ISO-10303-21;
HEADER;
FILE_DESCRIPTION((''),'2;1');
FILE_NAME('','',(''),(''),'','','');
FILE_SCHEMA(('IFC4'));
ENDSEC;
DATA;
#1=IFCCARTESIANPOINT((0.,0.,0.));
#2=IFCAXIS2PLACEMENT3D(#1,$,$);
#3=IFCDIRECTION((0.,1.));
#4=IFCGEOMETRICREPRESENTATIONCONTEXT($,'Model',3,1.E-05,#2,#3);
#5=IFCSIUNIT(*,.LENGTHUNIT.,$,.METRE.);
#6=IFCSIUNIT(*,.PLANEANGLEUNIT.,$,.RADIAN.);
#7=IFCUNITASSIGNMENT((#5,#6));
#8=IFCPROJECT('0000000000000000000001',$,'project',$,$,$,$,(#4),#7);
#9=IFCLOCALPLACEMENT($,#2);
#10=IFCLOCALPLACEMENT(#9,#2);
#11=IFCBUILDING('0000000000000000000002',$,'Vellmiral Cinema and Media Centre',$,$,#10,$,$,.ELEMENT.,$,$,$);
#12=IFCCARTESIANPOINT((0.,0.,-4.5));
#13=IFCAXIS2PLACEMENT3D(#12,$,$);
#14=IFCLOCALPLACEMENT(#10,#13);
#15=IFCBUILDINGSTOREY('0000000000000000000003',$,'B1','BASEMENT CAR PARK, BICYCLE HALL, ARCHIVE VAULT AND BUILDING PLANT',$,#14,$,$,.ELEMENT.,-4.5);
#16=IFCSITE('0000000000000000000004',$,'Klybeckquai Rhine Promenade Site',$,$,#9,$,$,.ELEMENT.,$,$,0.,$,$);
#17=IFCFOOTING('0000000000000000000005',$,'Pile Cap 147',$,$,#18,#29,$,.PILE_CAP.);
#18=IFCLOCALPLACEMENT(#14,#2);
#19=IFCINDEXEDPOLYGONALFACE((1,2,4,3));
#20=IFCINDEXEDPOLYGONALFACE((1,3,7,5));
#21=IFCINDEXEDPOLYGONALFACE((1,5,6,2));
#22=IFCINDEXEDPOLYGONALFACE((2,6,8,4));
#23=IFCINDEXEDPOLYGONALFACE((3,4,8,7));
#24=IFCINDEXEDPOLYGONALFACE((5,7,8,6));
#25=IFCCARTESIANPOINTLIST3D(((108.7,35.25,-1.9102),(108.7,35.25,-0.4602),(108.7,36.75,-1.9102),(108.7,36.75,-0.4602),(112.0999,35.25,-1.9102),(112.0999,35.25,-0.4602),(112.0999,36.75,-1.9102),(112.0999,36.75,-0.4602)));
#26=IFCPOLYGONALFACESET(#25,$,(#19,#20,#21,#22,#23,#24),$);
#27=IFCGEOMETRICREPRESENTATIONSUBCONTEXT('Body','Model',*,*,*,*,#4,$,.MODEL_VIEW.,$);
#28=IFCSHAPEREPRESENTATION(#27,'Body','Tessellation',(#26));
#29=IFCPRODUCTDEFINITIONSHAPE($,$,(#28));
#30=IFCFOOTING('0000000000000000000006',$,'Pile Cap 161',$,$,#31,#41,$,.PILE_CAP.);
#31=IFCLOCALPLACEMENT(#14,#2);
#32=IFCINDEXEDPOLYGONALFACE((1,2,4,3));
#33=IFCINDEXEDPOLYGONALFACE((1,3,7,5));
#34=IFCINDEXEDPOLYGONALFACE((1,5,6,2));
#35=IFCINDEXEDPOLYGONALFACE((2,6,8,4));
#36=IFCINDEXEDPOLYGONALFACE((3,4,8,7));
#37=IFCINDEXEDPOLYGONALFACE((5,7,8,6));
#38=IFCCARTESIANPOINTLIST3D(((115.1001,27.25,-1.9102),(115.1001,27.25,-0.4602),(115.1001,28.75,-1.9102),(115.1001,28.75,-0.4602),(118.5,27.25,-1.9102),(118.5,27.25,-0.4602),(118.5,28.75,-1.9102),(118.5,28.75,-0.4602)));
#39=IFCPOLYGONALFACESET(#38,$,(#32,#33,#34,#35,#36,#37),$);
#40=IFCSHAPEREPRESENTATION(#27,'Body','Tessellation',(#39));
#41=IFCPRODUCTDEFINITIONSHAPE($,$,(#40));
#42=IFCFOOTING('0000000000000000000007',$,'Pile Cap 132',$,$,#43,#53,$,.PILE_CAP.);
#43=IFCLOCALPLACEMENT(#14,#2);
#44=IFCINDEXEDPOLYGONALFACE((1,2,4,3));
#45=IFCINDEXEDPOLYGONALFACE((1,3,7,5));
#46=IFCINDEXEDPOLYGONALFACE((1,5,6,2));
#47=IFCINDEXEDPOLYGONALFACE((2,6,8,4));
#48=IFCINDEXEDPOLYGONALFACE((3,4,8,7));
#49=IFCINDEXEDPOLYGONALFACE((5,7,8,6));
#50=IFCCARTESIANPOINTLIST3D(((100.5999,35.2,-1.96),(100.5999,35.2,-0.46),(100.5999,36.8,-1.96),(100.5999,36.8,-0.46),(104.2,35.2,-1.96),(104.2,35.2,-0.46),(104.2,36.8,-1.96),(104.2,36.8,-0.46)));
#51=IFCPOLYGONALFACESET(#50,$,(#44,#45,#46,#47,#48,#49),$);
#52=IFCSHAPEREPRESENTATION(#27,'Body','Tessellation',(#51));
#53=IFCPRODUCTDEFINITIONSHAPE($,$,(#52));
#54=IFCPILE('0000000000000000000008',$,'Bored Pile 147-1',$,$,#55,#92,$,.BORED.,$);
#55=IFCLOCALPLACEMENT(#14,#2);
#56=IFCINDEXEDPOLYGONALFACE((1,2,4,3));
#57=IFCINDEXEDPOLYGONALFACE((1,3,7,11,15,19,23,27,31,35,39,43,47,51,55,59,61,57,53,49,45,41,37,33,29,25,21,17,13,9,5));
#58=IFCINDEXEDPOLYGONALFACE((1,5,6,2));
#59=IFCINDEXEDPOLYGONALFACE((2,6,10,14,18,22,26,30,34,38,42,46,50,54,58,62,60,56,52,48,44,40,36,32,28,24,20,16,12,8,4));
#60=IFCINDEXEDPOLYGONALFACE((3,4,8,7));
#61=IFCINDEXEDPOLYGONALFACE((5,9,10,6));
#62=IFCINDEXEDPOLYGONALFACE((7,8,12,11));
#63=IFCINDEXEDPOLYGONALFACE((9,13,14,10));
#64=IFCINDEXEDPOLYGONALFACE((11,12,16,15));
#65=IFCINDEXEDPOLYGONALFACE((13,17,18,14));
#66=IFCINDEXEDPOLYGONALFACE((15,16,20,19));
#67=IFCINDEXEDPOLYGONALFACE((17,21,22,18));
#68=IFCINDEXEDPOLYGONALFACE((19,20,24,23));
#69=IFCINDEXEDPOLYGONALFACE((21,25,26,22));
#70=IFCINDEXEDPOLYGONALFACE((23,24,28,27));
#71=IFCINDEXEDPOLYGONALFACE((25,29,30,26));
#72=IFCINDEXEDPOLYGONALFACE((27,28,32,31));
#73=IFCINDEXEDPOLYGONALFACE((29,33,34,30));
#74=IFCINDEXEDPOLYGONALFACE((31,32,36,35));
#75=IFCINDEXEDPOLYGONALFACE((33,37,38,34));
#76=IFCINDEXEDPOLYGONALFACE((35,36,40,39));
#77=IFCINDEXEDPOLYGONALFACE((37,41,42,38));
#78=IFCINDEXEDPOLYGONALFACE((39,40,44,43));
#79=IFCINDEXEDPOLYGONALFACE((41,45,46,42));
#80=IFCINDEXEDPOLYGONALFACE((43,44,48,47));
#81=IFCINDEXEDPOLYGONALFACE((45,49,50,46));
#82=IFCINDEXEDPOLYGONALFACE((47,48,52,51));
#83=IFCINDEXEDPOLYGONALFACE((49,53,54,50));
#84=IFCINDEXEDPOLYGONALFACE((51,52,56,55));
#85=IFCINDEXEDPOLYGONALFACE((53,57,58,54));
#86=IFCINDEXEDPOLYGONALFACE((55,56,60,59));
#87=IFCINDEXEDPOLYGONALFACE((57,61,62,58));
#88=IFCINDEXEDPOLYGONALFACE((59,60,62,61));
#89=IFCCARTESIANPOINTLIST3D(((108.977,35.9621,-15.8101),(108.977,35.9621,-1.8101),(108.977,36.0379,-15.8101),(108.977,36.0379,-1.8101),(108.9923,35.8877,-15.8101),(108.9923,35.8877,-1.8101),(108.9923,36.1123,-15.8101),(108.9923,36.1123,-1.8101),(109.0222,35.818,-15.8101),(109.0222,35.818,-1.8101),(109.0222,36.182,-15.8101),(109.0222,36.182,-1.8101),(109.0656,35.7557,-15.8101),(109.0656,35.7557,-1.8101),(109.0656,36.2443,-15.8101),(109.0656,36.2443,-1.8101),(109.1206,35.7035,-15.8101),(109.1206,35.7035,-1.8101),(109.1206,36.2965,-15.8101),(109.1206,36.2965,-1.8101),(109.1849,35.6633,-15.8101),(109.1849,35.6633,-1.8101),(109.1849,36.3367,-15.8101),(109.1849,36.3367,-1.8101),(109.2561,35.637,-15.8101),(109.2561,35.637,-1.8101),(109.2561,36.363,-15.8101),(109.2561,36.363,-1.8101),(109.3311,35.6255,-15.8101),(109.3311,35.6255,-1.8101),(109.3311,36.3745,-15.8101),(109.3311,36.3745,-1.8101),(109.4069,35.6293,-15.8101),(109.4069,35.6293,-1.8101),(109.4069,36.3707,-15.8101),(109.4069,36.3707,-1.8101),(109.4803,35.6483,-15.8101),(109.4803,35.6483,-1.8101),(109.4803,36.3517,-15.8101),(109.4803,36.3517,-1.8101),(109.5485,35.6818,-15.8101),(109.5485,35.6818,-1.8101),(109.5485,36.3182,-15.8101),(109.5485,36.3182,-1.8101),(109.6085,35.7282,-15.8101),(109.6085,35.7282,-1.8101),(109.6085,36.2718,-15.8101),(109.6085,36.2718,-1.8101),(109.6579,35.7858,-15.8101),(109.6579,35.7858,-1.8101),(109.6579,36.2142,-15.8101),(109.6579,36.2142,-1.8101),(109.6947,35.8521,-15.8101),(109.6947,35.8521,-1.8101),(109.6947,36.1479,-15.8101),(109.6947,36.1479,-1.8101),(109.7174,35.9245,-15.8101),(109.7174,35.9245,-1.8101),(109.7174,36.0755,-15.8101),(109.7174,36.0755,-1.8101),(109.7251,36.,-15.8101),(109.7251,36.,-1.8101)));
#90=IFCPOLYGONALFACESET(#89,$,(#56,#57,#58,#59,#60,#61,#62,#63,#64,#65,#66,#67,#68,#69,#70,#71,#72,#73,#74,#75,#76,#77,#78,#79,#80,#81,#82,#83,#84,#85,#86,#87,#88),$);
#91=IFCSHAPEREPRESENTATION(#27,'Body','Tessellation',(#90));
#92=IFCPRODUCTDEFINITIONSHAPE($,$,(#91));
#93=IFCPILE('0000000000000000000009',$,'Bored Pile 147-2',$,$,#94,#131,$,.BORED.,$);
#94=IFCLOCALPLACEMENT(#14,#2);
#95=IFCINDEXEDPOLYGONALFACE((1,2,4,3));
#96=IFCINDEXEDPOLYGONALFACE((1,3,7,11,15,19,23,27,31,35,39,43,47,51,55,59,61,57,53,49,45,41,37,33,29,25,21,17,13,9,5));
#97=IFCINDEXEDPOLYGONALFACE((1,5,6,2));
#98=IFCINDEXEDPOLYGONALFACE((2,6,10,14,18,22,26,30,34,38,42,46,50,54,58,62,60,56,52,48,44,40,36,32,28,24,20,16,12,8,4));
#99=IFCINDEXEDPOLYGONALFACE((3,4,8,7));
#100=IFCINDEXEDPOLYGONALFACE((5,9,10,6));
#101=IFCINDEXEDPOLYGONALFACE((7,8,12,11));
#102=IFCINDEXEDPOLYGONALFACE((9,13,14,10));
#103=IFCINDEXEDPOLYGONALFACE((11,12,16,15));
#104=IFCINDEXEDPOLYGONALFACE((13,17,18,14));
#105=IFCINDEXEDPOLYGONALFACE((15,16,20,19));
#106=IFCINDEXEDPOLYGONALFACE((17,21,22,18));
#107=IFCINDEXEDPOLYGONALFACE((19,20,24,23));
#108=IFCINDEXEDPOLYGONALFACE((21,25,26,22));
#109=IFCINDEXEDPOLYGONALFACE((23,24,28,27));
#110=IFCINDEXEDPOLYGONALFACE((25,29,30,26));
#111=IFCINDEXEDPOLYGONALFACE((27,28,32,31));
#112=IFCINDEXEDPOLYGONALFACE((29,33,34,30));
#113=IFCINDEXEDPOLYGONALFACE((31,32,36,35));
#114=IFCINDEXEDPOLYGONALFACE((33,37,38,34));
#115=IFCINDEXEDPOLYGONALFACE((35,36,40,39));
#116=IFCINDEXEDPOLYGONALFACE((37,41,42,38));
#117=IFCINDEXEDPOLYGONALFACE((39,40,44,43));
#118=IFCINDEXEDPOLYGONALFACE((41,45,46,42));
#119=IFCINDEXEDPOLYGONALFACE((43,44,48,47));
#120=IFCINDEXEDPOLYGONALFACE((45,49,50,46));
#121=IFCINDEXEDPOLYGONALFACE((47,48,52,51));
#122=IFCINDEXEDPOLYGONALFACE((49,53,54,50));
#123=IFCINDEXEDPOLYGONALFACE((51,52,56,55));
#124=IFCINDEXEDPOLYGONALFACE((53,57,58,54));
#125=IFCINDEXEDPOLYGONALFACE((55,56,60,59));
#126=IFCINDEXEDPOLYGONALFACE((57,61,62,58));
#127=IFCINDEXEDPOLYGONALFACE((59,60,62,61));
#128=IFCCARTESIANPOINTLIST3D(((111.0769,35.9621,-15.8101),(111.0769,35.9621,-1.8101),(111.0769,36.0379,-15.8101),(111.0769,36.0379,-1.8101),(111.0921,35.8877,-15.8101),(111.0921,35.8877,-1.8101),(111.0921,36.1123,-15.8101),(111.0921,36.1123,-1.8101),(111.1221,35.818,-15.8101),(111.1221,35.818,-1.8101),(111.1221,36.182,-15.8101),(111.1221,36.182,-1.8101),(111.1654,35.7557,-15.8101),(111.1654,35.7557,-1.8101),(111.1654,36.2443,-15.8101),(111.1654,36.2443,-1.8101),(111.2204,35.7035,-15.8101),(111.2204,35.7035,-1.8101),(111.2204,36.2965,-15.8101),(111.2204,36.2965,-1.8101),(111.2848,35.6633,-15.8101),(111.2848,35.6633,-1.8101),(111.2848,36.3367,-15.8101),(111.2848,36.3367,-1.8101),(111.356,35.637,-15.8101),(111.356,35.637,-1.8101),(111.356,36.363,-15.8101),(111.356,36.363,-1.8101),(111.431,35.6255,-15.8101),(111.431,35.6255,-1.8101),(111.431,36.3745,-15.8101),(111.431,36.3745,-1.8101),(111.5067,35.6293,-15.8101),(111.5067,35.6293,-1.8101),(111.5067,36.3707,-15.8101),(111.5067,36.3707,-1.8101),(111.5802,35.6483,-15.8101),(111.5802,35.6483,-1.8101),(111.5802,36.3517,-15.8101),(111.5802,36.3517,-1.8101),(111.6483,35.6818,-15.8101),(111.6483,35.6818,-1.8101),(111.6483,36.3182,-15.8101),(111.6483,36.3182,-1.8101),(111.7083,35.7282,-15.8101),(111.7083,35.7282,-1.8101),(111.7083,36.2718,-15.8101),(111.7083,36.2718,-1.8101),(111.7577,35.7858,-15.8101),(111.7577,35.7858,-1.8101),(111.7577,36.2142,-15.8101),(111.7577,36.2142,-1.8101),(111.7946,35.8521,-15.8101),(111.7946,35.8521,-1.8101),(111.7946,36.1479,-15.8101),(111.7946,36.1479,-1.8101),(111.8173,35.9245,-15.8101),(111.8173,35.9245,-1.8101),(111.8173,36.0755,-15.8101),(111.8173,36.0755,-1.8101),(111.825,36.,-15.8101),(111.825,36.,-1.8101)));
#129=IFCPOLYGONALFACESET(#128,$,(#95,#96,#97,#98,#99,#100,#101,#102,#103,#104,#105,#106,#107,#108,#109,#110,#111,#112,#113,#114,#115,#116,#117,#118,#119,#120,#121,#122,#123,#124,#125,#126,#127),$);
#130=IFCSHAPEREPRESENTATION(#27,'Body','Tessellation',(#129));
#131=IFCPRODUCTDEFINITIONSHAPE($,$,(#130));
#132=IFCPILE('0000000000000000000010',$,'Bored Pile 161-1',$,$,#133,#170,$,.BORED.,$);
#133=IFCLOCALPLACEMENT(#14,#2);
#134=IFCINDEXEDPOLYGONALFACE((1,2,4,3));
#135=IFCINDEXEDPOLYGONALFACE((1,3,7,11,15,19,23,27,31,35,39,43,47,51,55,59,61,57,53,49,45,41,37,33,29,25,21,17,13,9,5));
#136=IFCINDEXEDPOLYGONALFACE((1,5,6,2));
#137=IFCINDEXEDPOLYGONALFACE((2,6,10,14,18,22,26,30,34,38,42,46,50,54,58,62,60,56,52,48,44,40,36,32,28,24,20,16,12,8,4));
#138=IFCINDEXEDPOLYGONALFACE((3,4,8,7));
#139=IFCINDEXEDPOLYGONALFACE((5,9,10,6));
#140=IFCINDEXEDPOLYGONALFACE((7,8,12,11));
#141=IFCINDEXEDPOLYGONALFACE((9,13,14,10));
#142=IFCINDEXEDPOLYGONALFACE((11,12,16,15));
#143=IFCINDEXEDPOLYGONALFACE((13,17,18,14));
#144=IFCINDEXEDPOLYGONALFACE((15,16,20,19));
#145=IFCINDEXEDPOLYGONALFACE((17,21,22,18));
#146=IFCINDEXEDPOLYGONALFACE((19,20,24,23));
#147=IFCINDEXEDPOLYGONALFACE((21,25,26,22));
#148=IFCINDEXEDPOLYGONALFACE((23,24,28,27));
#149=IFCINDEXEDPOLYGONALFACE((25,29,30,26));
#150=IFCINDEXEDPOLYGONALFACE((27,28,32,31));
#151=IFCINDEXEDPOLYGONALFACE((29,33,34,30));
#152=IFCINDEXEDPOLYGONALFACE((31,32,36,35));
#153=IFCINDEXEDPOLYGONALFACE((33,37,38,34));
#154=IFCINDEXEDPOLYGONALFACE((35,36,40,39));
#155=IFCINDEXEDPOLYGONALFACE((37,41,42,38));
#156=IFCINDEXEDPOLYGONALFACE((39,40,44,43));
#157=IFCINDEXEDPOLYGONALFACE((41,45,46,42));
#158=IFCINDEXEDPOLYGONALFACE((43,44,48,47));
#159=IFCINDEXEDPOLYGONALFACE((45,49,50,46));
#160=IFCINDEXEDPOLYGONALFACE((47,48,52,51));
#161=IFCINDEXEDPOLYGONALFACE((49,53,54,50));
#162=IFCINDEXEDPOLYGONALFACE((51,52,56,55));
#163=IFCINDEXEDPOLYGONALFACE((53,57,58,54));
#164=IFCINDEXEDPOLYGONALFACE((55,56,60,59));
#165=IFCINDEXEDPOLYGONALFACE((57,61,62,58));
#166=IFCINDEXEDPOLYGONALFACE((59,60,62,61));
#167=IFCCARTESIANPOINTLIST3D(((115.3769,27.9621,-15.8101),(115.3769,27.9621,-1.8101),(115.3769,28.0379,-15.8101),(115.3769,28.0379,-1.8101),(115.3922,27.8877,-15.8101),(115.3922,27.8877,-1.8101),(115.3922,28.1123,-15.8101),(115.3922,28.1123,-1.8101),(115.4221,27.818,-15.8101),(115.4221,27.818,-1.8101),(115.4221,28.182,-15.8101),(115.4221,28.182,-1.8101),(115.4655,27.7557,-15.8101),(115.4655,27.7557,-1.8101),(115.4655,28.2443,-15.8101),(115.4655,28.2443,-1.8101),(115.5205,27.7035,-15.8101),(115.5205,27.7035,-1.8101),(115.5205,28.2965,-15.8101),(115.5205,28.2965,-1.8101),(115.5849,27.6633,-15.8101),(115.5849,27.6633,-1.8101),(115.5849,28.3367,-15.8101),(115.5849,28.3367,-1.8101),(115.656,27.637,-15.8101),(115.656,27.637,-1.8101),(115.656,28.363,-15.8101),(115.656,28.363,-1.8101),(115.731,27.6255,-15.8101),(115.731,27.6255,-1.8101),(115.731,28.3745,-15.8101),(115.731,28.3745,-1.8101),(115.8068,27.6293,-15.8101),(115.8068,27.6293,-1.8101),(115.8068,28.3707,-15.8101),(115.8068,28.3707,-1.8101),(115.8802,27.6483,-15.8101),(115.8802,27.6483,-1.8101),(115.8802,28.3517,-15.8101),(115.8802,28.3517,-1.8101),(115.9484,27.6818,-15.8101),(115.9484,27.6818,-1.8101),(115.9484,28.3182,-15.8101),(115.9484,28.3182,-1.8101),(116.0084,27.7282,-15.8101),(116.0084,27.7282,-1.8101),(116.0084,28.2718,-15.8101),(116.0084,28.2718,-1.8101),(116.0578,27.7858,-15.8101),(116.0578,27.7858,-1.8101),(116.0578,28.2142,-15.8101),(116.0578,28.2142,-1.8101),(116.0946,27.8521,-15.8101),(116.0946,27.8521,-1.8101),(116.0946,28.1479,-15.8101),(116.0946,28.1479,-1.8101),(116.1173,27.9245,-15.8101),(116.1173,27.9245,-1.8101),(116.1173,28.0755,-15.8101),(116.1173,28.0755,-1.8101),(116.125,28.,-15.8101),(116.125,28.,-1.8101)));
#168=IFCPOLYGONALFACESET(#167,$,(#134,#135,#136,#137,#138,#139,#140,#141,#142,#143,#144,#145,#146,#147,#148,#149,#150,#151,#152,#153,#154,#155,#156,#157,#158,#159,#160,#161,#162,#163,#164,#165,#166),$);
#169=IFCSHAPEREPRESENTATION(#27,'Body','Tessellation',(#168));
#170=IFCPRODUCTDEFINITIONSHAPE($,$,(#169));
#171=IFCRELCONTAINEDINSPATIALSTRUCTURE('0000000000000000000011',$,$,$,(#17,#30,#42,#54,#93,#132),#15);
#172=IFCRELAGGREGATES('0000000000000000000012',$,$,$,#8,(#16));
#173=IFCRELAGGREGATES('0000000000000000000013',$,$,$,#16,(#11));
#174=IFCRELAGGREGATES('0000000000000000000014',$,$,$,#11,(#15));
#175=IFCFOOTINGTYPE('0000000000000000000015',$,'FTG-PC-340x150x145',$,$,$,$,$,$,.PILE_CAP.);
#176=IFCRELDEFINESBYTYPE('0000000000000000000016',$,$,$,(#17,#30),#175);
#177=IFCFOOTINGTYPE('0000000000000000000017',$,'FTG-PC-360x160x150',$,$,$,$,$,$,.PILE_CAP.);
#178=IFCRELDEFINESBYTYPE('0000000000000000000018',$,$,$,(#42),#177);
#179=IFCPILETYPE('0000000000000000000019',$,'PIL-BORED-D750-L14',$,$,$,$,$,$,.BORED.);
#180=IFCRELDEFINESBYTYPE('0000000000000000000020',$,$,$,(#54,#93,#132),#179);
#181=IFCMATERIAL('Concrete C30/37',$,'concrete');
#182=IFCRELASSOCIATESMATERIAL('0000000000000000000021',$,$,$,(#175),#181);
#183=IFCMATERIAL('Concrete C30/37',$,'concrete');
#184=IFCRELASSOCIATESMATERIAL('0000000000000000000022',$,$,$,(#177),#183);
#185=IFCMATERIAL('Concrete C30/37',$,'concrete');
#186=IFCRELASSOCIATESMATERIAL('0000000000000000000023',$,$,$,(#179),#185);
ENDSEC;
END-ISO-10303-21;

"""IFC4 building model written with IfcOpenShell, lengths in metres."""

from ifc_helpers import new_model, si_unit, direction, frame, origin, origin_2d, place, context, subcontext, project, spatial, rectangle, circle, extrude, material, material_profile, profile_set, type_object, element, save


model = new_model("IFC4")

# Units and contexts
model_context = context("Model", 3, precision=1e-05, world=origin(), true_north=direction((0.0, 1.0)))
body_context = subcontext(model_context, "Body", "Model", "MODEL_VIEW")
ifc_project = project(units=[si_unit("LENGTHUNIT", "METRE"), si_unit("PLANEANGLEUNIT", "RADIAN")], contexts=[model_context])

# Site, building, storey
site_placement = place(None, origin())
site = spatial("IfcSite", under=ifc_project, at=site_placement, Name="Klybeckquai Rhine Promenade Site", CompositionType="ELEMENT", RefElevation=0.0)
building_placement = place(site_placement, origin())
building = spatial("IfcBuilding", under=site, at=building_placement, Name="Vellmiral Cinema and Media Centre", CompositionType="ELEMENT")
storey_placement = place(building_placement, frame((0.0, 0.0, -4.5)))
storey = spatial("IfcBuildingStorey", under=building, at=storey_placement, Name="B1", Description="BASEMENT CAR PARK, BICYCLE HALL, ARCHIVE VAULT AND BUILDING PLANT", CompositionType="ELEMENT", Elevation=-4.5)

# Footings
ifc_material_1 = material(Name="Concrete C30/37", Category="concrete")
footing_type_1 = type_object("IfcFootingType", Name="FTG-PC-340x150x145", PredefinedType="PILE_CAP", material=ifc_material_1)
for number, where, z_axis, x_axis, name in (
    (1, (110.3999, 36.0, -1.9102), (0.0, 0.0, 1.0), (1.0, 0.0, 0.0), "Pile Cap 147"),
    (2, (116.8, 28.0, -1.9102), (0.0, 0.0, 1.0), (1.0, 0.0, 0.0), "Pile Cap 161"),
):
    element("IfcFooting", number, at=place(storey_placement, frame(where, z_axis=z_axis, x_axis=x_axis)), inside=storey, type_object=footing_type_1, Name=name, PredefinedType="PILE_CAP", context=body_context, shape_type="SweptSolid", body=[
        extrude(rectangle(XDim=3.3999, YDim=1.5, at=origin_2d()), origin(), (0.0, 0.0, 1.0), 1.45),
    ])
ifc_material_2 = material(Name="Concrete C30/37", Category="concrete")
footing_type_2 = type_object("IfcFootingType", Name="FTG-PC-360x160x150", PredefinedType="PILE_CAP", material=ifc_material_2)
footing_placement = place(storey_placement, frame((102.3999, 36.0, -1.96), z_axis=(0.0, 0.0, 1.0), x_axis=(1.0, 0.0, 0.0)))
element("IfcFooting", 3, at=footing_placement, inside=storey, type_object=footing_type_2, Name="Pile Cap 132", PredefinedType="PILE_CAP", context=body_context, shape_type="SweptSolid", body=[
    extrude(rectangle(XDim=3.6001, YDim=1.6001, at=origin_2d()), origin(), (0.0, 0.0, 1.0), 1.5),
])

# Piles
ifc_material_3 = material(Name="Concrete C30/37", Category="concrete")
ifc_material_profile_1 = material_profile(ifc_material_3, circle(Radius=0.375, at=origin_2d()), Name="PILE D750")
ifc_profile_set_1 = profile_set([ifc_material_profile_1], Name="Concrete C30/37")
pile_type_1 = type_object("IfcPileType", Name="PIL-BORED-D750-L14", PredefinedType="BORED", material=ifc_profile_set_1)
for number, where, z_axis, x_axis, name in (
    (4, (109.3501, 36.0, -1.8101), (0.0, 0.0, -1.0), (1.0, 0.0, 0.0), "Bored Pile 147-1"),
    (5, (111.45, 36.0, -1.8101), (0.0, 0.0, -1.0), (1.0, 0.0, 0.0), "Bored Pile 147-2"),
    (6, (115.75, 28.0, -1.8101), (0.0, 0.0, -1.0), (1.0, 0.0, 0.0), "Bored Pile 161-1"),
):
    element("IfcPile", number, at=place(storey_placement, frame(where, z_axis=z_axis, x_axis=x_axis)), inside=storey, type_object=pile_type_1, Name=name, PredefinedType="BORED", context=body_context, shape_type="SweptSolid", body=[
        extrude(circle(Radius=0.375, at=origin_2d()), origin(), (0.0, 0.0, 1.0), 14.0),
    ])

save(model, "model.ifc")
